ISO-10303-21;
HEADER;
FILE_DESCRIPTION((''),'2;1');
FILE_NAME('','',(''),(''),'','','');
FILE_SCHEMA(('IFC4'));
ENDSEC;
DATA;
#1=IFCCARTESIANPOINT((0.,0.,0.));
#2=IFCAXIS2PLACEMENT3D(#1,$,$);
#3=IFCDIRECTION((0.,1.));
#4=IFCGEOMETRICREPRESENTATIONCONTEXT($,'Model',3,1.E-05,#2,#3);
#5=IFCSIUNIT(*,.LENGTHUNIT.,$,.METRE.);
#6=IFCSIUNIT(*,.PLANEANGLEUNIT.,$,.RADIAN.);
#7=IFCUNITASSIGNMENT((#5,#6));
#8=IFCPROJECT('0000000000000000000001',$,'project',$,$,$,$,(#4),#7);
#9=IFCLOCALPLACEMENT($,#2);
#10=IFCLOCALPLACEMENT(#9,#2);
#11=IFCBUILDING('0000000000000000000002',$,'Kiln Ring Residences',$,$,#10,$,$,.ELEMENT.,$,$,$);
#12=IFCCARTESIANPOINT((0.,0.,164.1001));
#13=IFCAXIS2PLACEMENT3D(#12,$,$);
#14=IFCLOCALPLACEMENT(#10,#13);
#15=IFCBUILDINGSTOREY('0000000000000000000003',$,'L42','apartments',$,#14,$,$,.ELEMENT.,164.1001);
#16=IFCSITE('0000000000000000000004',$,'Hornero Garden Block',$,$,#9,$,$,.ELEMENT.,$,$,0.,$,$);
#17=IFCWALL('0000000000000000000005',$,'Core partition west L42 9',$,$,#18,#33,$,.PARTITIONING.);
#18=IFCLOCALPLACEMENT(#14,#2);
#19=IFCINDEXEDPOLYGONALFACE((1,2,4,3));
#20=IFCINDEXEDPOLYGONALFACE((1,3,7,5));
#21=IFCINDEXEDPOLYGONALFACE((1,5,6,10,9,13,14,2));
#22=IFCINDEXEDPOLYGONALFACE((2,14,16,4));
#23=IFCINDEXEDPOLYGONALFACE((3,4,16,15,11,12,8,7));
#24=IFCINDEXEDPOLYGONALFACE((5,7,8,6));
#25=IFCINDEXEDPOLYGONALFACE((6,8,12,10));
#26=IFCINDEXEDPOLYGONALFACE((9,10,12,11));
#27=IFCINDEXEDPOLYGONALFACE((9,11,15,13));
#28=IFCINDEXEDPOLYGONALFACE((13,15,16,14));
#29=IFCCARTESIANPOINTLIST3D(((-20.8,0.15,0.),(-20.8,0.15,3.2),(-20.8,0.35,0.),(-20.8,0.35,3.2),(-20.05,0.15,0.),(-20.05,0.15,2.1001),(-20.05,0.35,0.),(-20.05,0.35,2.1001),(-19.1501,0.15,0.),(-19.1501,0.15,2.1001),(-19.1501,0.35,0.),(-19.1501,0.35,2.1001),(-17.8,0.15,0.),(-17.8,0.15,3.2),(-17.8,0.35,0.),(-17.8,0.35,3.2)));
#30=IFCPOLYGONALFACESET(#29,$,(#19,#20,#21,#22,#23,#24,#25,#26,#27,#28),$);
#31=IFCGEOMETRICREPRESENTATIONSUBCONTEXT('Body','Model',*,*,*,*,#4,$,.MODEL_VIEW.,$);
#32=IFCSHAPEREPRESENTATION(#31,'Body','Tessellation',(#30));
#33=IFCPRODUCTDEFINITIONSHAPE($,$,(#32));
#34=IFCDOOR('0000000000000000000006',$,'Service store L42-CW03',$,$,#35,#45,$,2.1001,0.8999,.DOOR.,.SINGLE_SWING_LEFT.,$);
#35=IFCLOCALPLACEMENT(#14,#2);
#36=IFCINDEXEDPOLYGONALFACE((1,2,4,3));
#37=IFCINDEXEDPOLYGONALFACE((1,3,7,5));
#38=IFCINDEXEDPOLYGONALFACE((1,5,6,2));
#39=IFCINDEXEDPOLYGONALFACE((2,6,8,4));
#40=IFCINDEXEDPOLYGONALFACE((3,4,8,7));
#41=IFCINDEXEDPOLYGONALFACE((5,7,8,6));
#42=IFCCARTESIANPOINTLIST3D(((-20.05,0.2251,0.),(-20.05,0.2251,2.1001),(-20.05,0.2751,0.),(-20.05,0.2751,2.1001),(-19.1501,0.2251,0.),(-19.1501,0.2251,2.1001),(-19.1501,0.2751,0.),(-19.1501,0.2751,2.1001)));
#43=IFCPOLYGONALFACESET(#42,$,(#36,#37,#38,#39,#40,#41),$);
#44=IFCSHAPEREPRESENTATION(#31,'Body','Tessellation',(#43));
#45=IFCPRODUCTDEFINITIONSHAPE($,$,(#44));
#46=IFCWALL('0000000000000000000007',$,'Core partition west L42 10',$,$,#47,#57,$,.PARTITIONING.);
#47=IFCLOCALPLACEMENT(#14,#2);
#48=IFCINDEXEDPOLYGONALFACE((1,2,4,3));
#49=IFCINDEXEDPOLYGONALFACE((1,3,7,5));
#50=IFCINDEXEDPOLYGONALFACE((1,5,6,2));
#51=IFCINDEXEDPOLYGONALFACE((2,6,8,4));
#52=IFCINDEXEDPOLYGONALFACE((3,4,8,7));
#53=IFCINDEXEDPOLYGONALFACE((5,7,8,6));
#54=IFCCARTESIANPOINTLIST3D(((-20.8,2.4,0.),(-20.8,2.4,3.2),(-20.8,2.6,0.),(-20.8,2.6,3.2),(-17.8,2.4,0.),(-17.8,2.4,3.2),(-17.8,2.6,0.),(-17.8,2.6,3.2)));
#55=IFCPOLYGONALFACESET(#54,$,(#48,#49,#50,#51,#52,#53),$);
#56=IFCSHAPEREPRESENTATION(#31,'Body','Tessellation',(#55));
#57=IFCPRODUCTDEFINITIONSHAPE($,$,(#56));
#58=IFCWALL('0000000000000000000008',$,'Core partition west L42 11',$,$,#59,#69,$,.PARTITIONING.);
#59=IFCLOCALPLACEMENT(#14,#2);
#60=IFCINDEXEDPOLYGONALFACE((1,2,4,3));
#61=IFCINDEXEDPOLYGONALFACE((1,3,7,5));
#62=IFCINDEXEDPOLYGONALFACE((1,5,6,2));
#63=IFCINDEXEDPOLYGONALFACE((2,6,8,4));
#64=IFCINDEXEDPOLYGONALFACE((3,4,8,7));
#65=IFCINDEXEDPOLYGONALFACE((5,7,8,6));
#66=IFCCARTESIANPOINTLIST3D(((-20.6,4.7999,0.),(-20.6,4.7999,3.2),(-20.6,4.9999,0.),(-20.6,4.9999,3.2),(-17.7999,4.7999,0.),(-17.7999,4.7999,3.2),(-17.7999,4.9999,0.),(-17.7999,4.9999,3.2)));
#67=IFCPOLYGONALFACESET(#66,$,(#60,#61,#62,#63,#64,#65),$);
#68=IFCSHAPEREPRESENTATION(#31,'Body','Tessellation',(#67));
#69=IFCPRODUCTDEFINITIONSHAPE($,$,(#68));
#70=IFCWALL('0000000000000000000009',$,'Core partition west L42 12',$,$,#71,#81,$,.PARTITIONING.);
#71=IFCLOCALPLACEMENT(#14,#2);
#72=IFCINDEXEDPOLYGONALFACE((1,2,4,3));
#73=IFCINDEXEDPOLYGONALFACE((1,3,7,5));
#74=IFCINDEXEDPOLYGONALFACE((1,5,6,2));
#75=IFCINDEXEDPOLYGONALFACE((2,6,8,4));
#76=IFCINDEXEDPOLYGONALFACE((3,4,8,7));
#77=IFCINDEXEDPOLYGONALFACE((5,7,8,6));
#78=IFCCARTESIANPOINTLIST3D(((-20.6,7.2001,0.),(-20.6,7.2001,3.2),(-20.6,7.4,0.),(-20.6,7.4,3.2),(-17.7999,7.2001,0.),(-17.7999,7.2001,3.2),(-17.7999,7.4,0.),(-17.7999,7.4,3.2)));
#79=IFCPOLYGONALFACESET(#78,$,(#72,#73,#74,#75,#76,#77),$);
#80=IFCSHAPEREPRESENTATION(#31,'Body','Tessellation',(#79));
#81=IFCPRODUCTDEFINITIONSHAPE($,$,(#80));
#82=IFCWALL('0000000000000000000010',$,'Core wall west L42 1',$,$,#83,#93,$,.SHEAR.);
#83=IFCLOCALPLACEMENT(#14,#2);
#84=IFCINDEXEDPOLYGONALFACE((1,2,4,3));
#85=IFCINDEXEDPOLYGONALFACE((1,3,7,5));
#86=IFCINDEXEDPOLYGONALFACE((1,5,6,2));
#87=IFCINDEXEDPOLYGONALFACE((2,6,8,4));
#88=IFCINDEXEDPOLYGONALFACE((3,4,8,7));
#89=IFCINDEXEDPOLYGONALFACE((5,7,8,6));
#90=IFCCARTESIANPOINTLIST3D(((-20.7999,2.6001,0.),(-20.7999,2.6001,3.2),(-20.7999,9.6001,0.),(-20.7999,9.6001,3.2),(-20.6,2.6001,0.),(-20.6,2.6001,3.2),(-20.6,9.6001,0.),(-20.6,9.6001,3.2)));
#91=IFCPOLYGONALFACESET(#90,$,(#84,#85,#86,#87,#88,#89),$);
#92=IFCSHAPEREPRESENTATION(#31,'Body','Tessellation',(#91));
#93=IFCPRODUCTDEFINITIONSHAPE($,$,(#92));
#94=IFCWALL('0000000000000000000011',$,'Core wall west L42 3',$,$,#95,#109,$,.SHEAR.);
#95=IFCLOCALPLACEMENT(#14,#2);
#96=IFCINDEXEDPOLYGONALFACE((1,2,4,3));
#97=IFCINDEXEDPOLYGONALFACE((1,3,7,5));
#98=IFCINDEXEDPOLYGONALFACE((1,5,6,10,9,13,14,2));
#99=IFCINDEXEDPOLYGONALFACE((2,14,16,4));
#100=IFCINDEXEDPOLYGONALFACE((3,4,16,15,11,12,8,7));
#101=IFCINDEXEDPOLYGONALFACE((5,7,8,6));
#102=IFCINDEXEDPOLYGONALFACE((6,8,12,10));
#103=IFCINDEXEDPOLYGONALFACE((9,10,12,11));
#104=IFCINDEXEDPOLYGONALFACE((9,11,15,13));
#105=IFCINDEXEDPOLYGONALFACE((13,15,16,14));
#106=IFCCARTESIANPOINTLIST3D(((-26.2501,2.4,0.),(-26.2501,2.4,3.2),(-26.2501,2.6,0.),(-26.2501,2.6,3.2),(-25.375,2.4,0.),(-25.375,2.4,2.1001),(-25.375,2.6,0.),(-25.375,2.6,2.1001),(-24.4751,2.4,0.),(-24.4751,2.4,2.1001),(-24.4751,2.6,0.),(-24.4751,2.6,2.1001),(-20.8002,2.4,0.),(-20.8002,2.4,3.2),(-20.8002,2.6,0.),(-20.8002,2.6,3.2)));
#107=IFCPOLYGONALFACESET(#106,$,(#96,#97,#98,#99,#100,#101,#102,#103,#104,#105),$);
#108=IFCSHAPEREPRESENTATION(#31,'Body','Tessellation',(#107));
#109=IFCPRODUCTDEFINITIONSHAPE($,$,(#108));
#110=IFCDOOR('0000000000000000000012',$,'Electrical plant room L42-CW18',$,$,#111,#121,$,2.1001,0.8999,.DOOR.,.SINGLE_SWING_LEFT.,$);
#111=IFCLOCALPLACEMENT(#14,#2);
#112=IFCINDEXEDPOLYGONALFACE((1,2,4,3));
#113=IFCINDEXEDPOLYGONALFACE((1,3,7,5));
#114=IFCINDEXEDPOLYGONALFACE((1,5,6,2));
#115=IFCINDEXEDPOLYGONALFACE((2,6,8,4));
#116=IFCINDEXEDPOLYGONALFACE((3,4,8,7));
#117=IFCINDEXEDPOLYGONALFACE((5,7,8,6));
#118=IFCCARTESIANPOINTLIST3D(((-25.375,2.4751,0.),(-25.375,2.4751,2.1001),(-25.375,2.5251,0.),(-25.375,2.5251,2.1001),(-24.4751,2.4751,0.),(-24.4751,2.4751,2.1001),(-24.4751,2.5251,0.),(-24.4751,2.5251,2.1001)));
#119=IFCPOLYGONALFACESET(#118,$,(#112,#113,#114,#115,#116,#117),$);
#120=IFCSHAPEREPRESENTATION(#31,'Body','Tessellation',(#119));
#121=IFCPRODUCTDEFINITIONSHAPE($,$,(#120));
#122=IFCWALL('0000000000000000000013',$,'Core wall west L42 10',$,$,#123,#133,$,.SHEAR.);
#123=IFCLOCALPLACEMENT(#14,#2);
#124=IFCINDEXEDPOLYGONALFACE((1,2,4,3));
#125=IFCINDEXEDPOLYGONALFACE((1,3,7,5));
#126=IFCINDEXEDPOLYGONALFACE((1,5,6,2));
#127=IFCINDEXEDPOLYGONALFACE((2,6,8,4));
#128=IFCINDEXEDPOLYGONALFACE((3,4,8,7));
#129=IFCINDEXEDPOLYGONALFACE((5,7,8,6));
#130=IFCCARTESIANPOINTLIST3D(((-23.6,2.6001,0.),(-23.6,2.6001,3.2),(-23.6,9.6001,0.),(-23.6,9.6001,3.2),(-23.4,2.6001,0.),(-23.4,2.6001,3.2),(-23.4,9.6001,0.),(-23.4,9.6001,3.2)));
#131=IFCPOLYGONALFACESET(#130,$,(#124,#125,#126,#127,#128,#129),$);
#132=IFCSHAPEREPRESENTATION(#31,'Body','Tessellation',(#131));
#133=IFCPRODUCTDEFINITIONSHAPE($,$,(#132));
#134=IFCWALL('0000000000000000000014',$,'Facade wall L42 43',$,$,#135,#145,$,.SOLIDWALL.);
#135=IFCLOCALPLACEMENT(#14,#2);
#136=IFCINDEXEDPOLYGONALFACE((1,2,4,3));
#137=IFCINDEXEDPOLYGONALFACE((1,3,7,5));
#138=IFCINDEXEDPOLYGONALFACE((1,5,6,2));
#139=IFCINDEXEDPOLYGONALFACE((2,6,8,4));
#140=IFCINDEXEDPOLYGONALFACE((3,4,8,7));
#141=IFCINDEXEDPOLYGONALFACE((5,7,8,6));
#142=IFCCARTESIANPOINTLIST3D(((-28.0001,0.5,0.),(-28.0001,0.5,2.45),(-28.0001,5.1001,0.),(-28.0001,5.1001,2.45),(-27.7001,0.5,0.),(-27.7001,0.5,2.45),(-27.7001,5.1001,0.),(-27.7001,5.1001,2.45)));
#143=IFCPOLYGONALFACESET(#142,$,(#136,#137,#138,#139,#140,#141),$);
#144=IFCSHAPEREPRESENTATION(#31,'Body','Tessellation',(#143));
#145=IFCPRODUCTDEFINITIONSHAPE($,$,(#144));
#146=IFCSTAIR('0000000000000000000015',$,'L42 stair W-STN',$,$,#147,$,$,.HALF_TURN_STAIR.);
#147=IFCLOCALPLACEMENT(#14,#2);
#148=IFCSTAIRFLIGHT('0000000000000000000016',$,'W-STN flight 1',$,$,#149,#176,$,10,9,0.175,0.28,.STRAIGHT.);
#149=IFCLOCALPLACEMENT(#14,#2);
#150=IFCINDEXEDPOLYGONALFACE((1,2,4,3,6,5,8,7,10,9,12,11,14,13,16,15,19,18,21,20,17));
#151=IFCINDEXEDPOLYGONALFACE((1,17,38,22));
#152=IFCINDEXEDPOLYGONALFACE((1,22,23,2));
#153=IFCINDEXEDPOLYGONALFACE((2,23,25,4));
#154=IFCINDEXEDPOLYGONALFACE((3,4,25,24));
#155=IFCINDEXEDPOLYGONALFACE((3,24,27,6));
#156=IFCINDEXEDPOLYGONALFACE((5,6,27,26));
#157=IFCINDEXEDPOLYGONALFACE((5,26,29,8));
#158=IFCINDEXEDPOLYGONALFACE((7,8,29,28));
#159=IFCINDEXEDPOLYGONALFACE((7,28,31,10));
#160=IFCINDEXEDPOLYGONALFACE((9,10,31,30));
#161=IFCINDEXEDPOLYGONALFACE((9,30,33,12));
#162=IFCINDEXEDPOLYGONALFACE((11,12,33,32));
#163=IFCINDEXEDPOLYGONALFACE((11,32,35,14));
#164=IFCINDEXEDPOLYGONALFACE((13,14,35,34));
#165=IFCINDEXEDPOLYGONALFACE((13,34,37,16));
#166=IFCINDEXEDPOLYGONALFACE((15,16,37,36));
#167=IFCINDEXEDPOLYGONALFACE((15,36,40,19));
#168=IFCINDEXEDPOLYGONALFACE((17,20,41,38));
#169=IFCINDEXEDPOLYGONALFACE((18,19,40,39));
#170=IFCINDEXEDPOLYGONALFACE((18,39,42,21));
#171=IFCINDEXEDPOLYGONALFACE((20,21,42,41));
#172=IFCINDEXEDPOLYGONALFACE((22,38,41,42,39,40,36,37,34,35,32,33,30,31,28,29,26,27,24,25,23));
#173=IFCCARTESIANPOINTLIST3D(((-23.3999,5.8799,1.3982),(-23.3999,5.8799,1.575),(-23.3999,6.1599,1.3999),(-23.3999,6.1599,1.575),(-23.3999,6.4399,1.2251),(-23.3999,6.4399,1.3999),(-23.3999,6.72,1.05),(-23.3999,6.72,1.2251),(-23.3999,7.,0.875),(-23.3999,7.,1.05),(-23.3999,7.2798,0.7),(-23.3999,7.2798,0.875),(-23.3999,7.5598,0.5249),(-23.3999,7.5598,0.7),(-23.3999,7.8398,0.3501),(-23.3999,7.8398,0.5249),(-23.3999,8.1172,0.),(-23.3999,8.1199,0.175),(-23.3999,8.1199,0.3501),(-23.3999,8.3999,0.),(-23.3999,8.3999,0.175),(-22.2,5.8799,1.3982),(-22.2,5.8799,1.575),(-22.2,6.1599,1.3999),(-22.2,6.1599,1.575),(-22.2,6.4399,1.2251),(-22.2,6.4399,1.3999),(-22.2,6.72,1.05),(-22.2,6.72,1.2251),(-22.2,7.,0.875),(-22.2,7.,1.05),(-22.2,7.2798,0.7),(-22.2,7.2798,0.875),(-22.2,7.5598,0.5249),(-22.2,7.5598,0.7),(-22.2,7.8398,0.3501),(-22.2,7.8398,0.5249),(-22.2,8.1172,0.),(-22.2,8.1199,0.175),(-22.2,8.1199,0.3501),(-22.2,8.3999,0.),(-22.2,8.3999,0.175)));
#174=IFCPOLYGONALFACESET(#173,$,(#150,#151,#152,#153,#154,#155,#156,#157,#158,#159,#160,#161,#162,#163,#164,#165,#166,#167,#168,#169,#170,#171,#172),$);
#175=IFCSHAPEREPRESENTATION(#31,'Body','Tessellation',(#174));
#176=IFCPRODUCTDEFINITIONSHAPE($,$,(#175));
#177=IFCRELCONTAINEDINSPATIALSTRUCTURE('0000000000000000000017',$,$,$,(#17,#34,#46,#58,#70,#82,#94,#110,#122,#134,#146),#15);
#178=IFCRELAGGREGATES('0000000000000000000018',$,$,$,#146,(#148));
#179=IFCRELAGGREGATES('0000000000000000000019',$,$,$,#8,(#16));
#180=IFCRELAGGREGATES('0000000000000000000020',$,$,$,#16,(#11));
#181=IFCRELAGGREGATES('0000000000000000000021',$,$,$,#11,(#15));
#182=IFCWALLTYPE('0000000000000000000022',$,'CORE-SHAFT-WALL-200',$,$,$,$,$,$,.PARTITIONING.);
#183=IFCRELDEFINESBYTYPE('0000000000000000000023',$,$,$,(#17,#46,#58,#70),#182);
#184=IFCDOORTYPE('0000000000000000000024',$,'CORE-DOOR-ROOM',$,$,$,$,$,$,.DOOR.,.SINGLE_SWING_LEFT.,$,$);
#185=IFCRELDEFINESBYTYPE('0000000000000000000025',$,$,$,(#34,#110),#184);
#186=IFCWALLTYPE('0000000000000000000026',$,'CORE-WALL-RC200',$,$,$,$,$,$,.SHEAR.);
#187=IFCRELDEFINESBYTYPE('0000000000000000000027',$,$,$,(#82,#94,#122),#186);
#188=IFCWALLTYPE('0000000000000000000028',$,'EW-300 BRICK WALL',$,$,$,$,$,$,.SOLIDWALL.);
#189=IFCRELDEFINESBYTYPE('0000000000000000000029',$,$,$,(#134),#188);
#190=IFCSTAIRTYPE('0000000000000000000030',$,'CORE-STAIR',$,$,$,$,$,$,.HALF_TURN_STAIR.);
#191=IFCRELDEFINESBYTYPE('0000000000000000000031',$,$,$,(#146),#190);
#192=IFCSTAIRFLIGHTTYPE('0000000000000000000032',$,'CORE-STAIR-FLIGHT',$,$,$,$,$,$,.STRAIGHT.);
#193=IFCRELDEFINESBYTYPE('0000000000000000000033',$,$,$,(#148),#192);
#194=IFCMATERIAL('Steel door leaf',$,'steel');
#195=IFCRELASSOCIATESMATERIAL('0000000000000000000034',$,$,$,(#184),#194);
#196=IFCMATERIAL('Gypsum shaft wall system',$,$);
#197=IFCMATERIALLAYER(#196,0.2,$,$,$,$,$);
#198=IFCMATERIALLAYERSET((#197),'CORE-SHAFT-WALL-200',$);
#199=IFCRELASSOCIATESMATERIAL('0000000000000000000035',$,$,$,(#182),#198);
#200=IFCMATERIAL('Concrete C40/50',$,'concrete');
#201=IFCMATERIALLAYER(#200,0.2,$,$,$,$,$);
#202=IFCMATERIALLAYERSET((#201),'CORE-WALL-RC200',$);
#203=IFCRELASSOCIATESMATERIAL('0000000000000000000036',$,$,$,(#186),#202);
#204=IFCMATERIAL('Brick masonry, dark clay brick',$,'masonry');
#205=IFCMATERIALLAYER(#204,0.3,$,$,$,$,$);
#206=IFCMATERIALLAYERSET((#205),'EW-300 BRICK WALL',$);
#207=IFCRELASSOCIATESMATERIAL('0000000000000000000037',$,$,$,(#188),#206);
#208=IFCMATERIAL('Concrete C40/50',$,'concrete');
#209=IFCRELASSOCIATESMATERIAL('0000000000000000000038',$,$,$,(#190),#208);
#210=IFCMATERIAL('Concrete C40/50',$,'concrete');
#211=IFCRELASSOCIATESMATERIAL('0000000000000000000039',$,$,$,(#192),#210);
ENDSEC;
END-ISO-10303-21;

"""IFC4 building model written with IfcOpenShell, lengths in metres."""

from ifc_helpers import new_model, si_unit, direction, frame, frame_2d, origin, place, context, subcontext, project, spatial, polyline, rectangle, outline, extrude, material, layer, layer_set, type_object, element, fill, aggregate, save


model = new_model("IFC4")

# Units and contexts
model_context = context("Model", 3, precision=1e-05, world=origin(), true_north=direction((0.0, 1.0)))
body_context = subcontext(model_context, "Body", "Model", "MODEL_VIEW")
ifc_project = project(units=[si_unit("LENGTHUNIT", "METRE"), si_unit("PLANEANGLEUNIT", "RADIAN")], contexts=[model_context])

# Site, building, storey
site_placement = place(None, origin())
site = spatial("IfcSite", under=ifc_project, at=site_placement, Name="Hornero Garden Block", CompositionType="ELEMENT", RefElevation=0.0)
building_placement = place(site_placement, origin())
building = spatial("IfcBuilding", under=site, at=building_placement, Name="Kiln Ring Residences", CompositionType="ELEMENT")
storey_placement = place(building_placement, frame((0.0, 0.0, 164.1001)))
storey = spatial("IfcBuildingStorey", under=building, at=storey_placement, Name="L42", Description="apartments", CompositionType="ELEMENT", Elevation=164.1001)

# Shared definitions
ifc_material_1 = material(Name="Steel door leaf", Category="steel")
door_type = type_object("IfcDoorType", Name="CORE-DOOR-ROOM", OperationType="SINGLE_SWING_LEFT", PredefinedType="DOOR", material=ifc_material_1)

# Wall, opening, door
ifc_material_2 = material(Name="Gypsum shaft wall system")
ifc_layer_1 = layer(ifc_material_2, 0.2)
ifc_layer_set_1 = layer_set([ifc_layer_1], Name="CORE-SHAFT-WALL-200")
wall_type_1 = type_object("IfcWallType", Name="CORE-SHAFT-WALL-200", PredefinedType="PARTITIONING", material=ifc_layer_set_1)
wall_1_placement = place(storey_placement, frame((-17.8, 0.25, 0.0), z_axis=(0.0, 0.0, 1.0), x_axis=(-1.0, 0.0, 0.0)))
wall_1 = element("IfcWall", 1, at=wall_1_placement, inside=storey, type_object=wall_type_1, Name="Core partition west L42 9", PredefinedType="PARTITIONING", context=body_context, shape_type="SweptSolid", body=[
    extrude(rectangle(XDim=3.0, YDim=0.2, at=frame_2d((1.5, 0.0))), origin(), (0.0, 0.0, 1.0), 3.2),
])
opening_1_placement = place(wall_1_placement, frame((1.3501, 0.0, 0.0)))
opening_1 = element("IfcOpeningElement", 2, at=opening_1_placement, cuts=wall_1, PredefinedType="OPENING", context=body_context, shape_type="SweptSolid", body=[
    extrude(rectangle(XDim=0.8999, YDim=2.1001, at=frame_2d((0.45, 1.05))), frame((0.0, 0.1099, 0.0), z_axis=(0.0, -1.0, 0.0), x_axis=(1.0, 0.0, 0.0)), (0.0, 0.0, 1.0), 0.22),
])
door_1_placement = place(opening_1_placement, origin())
door_1 = element("IfcDoor", 3, at=door_1_placement, inside=storey, type_object=door_type, Name="Service store L42-CW03", OperationType="SINGLE_SWING_LEFT", OverallHeight=2.1001, OverallWidth=0.8999, PredefinedType="DOOR", context=body_context, shape_type="SweptSolid", body=[
    extrude(rectangle(XDim=0.8999, YDim=2.1001, at=frame_2d((0.45, 1.05))), frame((0.0, 0.0249, 0.0), z_axis=(0.0, -1.0, 0.0), x_axis=(1.0, 0.0, 0.0)), (0.0, 0.0, 1.0), 0.05),
])
fill(opening_1, door_1)

# Walls
wall_2_placement = place(storey_placement, frame((-17.8, 2.5, 0.0), z_axis=(0.0, 0.0, 1.0), x_axis=(-1.0, 0.0, 0.0)))
element("IfcWall", 4, at=wall_2_placement, inside=storey, type_object=wall_type_1, Name="Core partition west L42 10", PredefinedType="PARTITIONING", context=body_context, shape_type="SweptSolid", body=[
    extrude(rectangle(XDim=3.0, YDim=0.2, at=frame_2d((1.5, 0.0))), origin(), (0.0, 0.0, 1.0), 3.2),
])
for number, where, z_axis, x_axis, name in (
    (5, (-17.8, 4.8999, 0.0), (0.0, 0.0, 1.0), (-1.0, 0.0, 0.0), "Core partition west L42 11"),
    (6, (-17.8, 7.3, 0.0), (0.0, 0.0, 1.0), (-1.0, 0.0, 0.0), "Core partition west L42 12"),
):
    element("IfcWall", number, at=place(storey_placement, frame(where, z_axis=z_axis, x_axis=x_axis)), inside=storey, type_object=wall_type_1, Name=name, PredefinedType="PARTITIONING", context=body_context, shape_type="SweptSolid", body=[
        extrude(rectangle(XDim=2.8, YDim=0.2, at=frame_2d((1.3999, 0.0))), origin(), (0.0, 0.0, 1.0), 3.2),
    ])
ifc_material_3 = material(Name="Concrete C40/50", Category="concrete")
ifc_layer_2 = layer(ifc_material_3, 0.2)
ifc_layer_set_2 = layer_set([ifc_layer_2], Name="CORE-WALL-RC200")
wall_type_2 = type_object("IfcWallType", Name="CORE-WALL-RC200", PredefinedType="SHEAR", material=ifc_layer_set_2)
wall_3_placement = place(storey_placement, frame((-20.7, 2.6001, 0.0), z_axis=(0.0, 0.0, 1.0), x_axis=(0.0, 1.0, 0.0)))
element("IfcWall", 7, at=wall_3_placement, inside=storey, type_object=wall_type_2, Name="Core wall west L42 1", PredefinedType="SHEAR", context=body_context, shape_type="SweptSolid", body=[
    extrude(rectangle(XDim=7.0, YDim=0.2, at=frame_2d((3.5, 0.0))), origin(), (0.0, 0.0, 1.0), 3.2),
])

# Wall, opening, door
wall_4_placement = place(storey_placement, frame((-20.8, 2.5, 0.0), z_axis=(0.0, 0.0, 1.0), x_axis=(-1.0, 0.0, 0.0)))
wall_4 = element("IfcWall", 8, at=wall_4_placement, inside=storey, type_object=wall_type_2, Name="Core wall west L42 3", PredefinedType="SHEAR", context=body_context, shape_type="SweptSolid", body=[
    extrude(rectangle(XDim=5.45, YDim=0.2, at=frame_2d((2.7251, 0.0))), origin(), (0.0, 0.0, 1.0), 3.2),
])
opening_2_placement = place(wall_4_placement, frame((3.675, 0.0, 0.0)))
opening_2 = element("IfcOpeningElement", 9, at=opening_2_placement, cuts=wall_4, PredefinedType="OPENING", context=body_context, shape_type="SweptSolid", body=[
    extrude(rectangle(XDim=0.8999, YDim=2.1001, at=frame_2d((0.45, 1.05))), frame((0.0, 0.1099, 0.0), z_axis=(0.0, -1.0, 0.0), x_axis=(1.0, 0.0, 0.0)), (0.0, 0.0, 1.0), 0.22),
])
door_2_placement = place(opening_2_placement, origin())
door_2 = element("IfcDoor", 10, at=door_2_placement, inside=storey, type_object=door_type, Name="Electrical plant room L42-CW18", OperationType="SINGLE_SWING_LEFT", OverallHeight=2.1001, OverallWidth=0.8999, PredefinedType="DOOR", context=body_context, shape_type="SweptSolid", body=[
    extrude(rectangle(XDim=0.8999, YDim=2.1001, at=frame_2d((0.45, 1.05))), frame((0.0, 0.0249, 0.0), z_axis=(0.0, -1.0, 0.0), x_axis=(1.0, 0.0, 0.0)), (0.0, 0.0, 1.0), 0.05),
])
fill(opening_2, door_2)

# Walls
wall_5_placement = place(storey_placement, frame((-23.5, 2.6001, 0.0), z_axis=(0.0, 0.0, 1.0), x_axis=(0.0, 1.0, 0.0)))
element("IfcWall", 11, at=wall_5_placement, inside=storey, type_object=wall_type_2, Name="Core wall west L42 10", PredefinedType="SHEAR", context=body_context, shape_type="SweptSolid", body=[
    extrude(rectangle(XDim=7.0, YDim=0.2, at=frame_2d((3.5, 0.0))), origin(), (0.0, 0.0, 1.0), 3.2),
])
ifc_material_4 = material(Name="Brick masonry, dark clay brick", Category="masonry")
ifc_layer_3 = layer(ifc_material_4, 0.3)
ifc_layer_set_3 = layer_set([ifc_layer_3], Name="EW-300 BRICK WALL")
wall_type_3 = type_object("IfcWallType", Name="EW-300 BRICK WALL", PredefinedType="SOLIDWALL", material=ifc_layer_set_3)
wall_6_placement = place(storey_placement, frame((-27.8501, 5.1001, 0.0), z_axis=(0.0, 0.0, 1.0), x_axis=(0.0, -1.0, 0.0)))
element("IfcWall", 12, at=wall_6_placement, inside=storey, type_object=wall_type_3, Name="Facade wall L42 43", PredefinedType="SOLIDWALL", context=body_context, shape_type="SweptSolid", body=[
    extrude(rectangle(XDim=4.6001, YDim=0.3, at=frame_2d((2.3, 0.0))), origin(), (0.0, 0.0, 1.0), 2.45),
])

# Stair, stair flight
ifc_material_5 = material(Name="Concrete C40/50", Category="concrete")
stair_type = type_object("IfcStairType", Name="CORE-STAIR", PredefinedType="HALF_TURN_STAIR", material=ifc_material_5)
stair_placement = place(storey_placement, origin())
stair = element("IfcStair", 13, at=stair_placement, inside=storey, type_object=stair_type, Name="L42 stair W-STN", PredefinedType="HALF_TURN_STAIR")
ifc_material_6 = material(Name="Concrete C40/50", Category="concrete")
stair_flight_type = type_object("IfcStairFlightType", Name="CORE-STAIR-FLIGHT", PredefinedType="STRAIGHT", material=ifc_material_6)
stair_flight_1_placement = place(storey_placement, frame((-22.8, 8.3999, 0.0), z_axis=(0.0, 0.0, 1.0), x_axis=(0.0, -1.0, 0.0)))
stair_flight_1 = element("IfcStairFlight", 14, at=stair_flight_1_placement, type_object=stair_flight_type, Name="W-STN flight 1", NumberOfRisers=10, NumberOfTreads=9, PredefinedType="STRAIGHT", RiserHeight=0.175, TreadLength=0.28, context=body_context, shape_type="SweptSolid", body=[
    extrude(outline(polyline([(0.0, 0.0), (0.0, 0.175), (0.28, 0.175), (0.28, 0.3501), (0.5601, 0.3501), (0.5601, 0.5249), (0.8401, 0.5249), (0.8401, 0.7), (1.1201, 0.7), (1.1201, 0.875), (1.3999, 0.875), (1.3999, 1.05), (1.6799, 1.05), (1.6799, 1.2251), (1.96, 1.2251), (1.96, 1.3999), (2.24, 1.3999), (2.24, 1.575), (2.52, 1.575), (2.52, 1.75), (2.52, 1.3982), (0.2827, 0.0), (0.0, 0.0)])), frame((0.0, 0.6001, 0.0), z_axis=(0.0, -1.0, 0.0), x_axis=(1.0, 0.0, 0.0)), (0.0, 0.0, 1.0), 1.2),
])
aggregate(stair, [stair_flight_1])

save(model, "model.ifc")
